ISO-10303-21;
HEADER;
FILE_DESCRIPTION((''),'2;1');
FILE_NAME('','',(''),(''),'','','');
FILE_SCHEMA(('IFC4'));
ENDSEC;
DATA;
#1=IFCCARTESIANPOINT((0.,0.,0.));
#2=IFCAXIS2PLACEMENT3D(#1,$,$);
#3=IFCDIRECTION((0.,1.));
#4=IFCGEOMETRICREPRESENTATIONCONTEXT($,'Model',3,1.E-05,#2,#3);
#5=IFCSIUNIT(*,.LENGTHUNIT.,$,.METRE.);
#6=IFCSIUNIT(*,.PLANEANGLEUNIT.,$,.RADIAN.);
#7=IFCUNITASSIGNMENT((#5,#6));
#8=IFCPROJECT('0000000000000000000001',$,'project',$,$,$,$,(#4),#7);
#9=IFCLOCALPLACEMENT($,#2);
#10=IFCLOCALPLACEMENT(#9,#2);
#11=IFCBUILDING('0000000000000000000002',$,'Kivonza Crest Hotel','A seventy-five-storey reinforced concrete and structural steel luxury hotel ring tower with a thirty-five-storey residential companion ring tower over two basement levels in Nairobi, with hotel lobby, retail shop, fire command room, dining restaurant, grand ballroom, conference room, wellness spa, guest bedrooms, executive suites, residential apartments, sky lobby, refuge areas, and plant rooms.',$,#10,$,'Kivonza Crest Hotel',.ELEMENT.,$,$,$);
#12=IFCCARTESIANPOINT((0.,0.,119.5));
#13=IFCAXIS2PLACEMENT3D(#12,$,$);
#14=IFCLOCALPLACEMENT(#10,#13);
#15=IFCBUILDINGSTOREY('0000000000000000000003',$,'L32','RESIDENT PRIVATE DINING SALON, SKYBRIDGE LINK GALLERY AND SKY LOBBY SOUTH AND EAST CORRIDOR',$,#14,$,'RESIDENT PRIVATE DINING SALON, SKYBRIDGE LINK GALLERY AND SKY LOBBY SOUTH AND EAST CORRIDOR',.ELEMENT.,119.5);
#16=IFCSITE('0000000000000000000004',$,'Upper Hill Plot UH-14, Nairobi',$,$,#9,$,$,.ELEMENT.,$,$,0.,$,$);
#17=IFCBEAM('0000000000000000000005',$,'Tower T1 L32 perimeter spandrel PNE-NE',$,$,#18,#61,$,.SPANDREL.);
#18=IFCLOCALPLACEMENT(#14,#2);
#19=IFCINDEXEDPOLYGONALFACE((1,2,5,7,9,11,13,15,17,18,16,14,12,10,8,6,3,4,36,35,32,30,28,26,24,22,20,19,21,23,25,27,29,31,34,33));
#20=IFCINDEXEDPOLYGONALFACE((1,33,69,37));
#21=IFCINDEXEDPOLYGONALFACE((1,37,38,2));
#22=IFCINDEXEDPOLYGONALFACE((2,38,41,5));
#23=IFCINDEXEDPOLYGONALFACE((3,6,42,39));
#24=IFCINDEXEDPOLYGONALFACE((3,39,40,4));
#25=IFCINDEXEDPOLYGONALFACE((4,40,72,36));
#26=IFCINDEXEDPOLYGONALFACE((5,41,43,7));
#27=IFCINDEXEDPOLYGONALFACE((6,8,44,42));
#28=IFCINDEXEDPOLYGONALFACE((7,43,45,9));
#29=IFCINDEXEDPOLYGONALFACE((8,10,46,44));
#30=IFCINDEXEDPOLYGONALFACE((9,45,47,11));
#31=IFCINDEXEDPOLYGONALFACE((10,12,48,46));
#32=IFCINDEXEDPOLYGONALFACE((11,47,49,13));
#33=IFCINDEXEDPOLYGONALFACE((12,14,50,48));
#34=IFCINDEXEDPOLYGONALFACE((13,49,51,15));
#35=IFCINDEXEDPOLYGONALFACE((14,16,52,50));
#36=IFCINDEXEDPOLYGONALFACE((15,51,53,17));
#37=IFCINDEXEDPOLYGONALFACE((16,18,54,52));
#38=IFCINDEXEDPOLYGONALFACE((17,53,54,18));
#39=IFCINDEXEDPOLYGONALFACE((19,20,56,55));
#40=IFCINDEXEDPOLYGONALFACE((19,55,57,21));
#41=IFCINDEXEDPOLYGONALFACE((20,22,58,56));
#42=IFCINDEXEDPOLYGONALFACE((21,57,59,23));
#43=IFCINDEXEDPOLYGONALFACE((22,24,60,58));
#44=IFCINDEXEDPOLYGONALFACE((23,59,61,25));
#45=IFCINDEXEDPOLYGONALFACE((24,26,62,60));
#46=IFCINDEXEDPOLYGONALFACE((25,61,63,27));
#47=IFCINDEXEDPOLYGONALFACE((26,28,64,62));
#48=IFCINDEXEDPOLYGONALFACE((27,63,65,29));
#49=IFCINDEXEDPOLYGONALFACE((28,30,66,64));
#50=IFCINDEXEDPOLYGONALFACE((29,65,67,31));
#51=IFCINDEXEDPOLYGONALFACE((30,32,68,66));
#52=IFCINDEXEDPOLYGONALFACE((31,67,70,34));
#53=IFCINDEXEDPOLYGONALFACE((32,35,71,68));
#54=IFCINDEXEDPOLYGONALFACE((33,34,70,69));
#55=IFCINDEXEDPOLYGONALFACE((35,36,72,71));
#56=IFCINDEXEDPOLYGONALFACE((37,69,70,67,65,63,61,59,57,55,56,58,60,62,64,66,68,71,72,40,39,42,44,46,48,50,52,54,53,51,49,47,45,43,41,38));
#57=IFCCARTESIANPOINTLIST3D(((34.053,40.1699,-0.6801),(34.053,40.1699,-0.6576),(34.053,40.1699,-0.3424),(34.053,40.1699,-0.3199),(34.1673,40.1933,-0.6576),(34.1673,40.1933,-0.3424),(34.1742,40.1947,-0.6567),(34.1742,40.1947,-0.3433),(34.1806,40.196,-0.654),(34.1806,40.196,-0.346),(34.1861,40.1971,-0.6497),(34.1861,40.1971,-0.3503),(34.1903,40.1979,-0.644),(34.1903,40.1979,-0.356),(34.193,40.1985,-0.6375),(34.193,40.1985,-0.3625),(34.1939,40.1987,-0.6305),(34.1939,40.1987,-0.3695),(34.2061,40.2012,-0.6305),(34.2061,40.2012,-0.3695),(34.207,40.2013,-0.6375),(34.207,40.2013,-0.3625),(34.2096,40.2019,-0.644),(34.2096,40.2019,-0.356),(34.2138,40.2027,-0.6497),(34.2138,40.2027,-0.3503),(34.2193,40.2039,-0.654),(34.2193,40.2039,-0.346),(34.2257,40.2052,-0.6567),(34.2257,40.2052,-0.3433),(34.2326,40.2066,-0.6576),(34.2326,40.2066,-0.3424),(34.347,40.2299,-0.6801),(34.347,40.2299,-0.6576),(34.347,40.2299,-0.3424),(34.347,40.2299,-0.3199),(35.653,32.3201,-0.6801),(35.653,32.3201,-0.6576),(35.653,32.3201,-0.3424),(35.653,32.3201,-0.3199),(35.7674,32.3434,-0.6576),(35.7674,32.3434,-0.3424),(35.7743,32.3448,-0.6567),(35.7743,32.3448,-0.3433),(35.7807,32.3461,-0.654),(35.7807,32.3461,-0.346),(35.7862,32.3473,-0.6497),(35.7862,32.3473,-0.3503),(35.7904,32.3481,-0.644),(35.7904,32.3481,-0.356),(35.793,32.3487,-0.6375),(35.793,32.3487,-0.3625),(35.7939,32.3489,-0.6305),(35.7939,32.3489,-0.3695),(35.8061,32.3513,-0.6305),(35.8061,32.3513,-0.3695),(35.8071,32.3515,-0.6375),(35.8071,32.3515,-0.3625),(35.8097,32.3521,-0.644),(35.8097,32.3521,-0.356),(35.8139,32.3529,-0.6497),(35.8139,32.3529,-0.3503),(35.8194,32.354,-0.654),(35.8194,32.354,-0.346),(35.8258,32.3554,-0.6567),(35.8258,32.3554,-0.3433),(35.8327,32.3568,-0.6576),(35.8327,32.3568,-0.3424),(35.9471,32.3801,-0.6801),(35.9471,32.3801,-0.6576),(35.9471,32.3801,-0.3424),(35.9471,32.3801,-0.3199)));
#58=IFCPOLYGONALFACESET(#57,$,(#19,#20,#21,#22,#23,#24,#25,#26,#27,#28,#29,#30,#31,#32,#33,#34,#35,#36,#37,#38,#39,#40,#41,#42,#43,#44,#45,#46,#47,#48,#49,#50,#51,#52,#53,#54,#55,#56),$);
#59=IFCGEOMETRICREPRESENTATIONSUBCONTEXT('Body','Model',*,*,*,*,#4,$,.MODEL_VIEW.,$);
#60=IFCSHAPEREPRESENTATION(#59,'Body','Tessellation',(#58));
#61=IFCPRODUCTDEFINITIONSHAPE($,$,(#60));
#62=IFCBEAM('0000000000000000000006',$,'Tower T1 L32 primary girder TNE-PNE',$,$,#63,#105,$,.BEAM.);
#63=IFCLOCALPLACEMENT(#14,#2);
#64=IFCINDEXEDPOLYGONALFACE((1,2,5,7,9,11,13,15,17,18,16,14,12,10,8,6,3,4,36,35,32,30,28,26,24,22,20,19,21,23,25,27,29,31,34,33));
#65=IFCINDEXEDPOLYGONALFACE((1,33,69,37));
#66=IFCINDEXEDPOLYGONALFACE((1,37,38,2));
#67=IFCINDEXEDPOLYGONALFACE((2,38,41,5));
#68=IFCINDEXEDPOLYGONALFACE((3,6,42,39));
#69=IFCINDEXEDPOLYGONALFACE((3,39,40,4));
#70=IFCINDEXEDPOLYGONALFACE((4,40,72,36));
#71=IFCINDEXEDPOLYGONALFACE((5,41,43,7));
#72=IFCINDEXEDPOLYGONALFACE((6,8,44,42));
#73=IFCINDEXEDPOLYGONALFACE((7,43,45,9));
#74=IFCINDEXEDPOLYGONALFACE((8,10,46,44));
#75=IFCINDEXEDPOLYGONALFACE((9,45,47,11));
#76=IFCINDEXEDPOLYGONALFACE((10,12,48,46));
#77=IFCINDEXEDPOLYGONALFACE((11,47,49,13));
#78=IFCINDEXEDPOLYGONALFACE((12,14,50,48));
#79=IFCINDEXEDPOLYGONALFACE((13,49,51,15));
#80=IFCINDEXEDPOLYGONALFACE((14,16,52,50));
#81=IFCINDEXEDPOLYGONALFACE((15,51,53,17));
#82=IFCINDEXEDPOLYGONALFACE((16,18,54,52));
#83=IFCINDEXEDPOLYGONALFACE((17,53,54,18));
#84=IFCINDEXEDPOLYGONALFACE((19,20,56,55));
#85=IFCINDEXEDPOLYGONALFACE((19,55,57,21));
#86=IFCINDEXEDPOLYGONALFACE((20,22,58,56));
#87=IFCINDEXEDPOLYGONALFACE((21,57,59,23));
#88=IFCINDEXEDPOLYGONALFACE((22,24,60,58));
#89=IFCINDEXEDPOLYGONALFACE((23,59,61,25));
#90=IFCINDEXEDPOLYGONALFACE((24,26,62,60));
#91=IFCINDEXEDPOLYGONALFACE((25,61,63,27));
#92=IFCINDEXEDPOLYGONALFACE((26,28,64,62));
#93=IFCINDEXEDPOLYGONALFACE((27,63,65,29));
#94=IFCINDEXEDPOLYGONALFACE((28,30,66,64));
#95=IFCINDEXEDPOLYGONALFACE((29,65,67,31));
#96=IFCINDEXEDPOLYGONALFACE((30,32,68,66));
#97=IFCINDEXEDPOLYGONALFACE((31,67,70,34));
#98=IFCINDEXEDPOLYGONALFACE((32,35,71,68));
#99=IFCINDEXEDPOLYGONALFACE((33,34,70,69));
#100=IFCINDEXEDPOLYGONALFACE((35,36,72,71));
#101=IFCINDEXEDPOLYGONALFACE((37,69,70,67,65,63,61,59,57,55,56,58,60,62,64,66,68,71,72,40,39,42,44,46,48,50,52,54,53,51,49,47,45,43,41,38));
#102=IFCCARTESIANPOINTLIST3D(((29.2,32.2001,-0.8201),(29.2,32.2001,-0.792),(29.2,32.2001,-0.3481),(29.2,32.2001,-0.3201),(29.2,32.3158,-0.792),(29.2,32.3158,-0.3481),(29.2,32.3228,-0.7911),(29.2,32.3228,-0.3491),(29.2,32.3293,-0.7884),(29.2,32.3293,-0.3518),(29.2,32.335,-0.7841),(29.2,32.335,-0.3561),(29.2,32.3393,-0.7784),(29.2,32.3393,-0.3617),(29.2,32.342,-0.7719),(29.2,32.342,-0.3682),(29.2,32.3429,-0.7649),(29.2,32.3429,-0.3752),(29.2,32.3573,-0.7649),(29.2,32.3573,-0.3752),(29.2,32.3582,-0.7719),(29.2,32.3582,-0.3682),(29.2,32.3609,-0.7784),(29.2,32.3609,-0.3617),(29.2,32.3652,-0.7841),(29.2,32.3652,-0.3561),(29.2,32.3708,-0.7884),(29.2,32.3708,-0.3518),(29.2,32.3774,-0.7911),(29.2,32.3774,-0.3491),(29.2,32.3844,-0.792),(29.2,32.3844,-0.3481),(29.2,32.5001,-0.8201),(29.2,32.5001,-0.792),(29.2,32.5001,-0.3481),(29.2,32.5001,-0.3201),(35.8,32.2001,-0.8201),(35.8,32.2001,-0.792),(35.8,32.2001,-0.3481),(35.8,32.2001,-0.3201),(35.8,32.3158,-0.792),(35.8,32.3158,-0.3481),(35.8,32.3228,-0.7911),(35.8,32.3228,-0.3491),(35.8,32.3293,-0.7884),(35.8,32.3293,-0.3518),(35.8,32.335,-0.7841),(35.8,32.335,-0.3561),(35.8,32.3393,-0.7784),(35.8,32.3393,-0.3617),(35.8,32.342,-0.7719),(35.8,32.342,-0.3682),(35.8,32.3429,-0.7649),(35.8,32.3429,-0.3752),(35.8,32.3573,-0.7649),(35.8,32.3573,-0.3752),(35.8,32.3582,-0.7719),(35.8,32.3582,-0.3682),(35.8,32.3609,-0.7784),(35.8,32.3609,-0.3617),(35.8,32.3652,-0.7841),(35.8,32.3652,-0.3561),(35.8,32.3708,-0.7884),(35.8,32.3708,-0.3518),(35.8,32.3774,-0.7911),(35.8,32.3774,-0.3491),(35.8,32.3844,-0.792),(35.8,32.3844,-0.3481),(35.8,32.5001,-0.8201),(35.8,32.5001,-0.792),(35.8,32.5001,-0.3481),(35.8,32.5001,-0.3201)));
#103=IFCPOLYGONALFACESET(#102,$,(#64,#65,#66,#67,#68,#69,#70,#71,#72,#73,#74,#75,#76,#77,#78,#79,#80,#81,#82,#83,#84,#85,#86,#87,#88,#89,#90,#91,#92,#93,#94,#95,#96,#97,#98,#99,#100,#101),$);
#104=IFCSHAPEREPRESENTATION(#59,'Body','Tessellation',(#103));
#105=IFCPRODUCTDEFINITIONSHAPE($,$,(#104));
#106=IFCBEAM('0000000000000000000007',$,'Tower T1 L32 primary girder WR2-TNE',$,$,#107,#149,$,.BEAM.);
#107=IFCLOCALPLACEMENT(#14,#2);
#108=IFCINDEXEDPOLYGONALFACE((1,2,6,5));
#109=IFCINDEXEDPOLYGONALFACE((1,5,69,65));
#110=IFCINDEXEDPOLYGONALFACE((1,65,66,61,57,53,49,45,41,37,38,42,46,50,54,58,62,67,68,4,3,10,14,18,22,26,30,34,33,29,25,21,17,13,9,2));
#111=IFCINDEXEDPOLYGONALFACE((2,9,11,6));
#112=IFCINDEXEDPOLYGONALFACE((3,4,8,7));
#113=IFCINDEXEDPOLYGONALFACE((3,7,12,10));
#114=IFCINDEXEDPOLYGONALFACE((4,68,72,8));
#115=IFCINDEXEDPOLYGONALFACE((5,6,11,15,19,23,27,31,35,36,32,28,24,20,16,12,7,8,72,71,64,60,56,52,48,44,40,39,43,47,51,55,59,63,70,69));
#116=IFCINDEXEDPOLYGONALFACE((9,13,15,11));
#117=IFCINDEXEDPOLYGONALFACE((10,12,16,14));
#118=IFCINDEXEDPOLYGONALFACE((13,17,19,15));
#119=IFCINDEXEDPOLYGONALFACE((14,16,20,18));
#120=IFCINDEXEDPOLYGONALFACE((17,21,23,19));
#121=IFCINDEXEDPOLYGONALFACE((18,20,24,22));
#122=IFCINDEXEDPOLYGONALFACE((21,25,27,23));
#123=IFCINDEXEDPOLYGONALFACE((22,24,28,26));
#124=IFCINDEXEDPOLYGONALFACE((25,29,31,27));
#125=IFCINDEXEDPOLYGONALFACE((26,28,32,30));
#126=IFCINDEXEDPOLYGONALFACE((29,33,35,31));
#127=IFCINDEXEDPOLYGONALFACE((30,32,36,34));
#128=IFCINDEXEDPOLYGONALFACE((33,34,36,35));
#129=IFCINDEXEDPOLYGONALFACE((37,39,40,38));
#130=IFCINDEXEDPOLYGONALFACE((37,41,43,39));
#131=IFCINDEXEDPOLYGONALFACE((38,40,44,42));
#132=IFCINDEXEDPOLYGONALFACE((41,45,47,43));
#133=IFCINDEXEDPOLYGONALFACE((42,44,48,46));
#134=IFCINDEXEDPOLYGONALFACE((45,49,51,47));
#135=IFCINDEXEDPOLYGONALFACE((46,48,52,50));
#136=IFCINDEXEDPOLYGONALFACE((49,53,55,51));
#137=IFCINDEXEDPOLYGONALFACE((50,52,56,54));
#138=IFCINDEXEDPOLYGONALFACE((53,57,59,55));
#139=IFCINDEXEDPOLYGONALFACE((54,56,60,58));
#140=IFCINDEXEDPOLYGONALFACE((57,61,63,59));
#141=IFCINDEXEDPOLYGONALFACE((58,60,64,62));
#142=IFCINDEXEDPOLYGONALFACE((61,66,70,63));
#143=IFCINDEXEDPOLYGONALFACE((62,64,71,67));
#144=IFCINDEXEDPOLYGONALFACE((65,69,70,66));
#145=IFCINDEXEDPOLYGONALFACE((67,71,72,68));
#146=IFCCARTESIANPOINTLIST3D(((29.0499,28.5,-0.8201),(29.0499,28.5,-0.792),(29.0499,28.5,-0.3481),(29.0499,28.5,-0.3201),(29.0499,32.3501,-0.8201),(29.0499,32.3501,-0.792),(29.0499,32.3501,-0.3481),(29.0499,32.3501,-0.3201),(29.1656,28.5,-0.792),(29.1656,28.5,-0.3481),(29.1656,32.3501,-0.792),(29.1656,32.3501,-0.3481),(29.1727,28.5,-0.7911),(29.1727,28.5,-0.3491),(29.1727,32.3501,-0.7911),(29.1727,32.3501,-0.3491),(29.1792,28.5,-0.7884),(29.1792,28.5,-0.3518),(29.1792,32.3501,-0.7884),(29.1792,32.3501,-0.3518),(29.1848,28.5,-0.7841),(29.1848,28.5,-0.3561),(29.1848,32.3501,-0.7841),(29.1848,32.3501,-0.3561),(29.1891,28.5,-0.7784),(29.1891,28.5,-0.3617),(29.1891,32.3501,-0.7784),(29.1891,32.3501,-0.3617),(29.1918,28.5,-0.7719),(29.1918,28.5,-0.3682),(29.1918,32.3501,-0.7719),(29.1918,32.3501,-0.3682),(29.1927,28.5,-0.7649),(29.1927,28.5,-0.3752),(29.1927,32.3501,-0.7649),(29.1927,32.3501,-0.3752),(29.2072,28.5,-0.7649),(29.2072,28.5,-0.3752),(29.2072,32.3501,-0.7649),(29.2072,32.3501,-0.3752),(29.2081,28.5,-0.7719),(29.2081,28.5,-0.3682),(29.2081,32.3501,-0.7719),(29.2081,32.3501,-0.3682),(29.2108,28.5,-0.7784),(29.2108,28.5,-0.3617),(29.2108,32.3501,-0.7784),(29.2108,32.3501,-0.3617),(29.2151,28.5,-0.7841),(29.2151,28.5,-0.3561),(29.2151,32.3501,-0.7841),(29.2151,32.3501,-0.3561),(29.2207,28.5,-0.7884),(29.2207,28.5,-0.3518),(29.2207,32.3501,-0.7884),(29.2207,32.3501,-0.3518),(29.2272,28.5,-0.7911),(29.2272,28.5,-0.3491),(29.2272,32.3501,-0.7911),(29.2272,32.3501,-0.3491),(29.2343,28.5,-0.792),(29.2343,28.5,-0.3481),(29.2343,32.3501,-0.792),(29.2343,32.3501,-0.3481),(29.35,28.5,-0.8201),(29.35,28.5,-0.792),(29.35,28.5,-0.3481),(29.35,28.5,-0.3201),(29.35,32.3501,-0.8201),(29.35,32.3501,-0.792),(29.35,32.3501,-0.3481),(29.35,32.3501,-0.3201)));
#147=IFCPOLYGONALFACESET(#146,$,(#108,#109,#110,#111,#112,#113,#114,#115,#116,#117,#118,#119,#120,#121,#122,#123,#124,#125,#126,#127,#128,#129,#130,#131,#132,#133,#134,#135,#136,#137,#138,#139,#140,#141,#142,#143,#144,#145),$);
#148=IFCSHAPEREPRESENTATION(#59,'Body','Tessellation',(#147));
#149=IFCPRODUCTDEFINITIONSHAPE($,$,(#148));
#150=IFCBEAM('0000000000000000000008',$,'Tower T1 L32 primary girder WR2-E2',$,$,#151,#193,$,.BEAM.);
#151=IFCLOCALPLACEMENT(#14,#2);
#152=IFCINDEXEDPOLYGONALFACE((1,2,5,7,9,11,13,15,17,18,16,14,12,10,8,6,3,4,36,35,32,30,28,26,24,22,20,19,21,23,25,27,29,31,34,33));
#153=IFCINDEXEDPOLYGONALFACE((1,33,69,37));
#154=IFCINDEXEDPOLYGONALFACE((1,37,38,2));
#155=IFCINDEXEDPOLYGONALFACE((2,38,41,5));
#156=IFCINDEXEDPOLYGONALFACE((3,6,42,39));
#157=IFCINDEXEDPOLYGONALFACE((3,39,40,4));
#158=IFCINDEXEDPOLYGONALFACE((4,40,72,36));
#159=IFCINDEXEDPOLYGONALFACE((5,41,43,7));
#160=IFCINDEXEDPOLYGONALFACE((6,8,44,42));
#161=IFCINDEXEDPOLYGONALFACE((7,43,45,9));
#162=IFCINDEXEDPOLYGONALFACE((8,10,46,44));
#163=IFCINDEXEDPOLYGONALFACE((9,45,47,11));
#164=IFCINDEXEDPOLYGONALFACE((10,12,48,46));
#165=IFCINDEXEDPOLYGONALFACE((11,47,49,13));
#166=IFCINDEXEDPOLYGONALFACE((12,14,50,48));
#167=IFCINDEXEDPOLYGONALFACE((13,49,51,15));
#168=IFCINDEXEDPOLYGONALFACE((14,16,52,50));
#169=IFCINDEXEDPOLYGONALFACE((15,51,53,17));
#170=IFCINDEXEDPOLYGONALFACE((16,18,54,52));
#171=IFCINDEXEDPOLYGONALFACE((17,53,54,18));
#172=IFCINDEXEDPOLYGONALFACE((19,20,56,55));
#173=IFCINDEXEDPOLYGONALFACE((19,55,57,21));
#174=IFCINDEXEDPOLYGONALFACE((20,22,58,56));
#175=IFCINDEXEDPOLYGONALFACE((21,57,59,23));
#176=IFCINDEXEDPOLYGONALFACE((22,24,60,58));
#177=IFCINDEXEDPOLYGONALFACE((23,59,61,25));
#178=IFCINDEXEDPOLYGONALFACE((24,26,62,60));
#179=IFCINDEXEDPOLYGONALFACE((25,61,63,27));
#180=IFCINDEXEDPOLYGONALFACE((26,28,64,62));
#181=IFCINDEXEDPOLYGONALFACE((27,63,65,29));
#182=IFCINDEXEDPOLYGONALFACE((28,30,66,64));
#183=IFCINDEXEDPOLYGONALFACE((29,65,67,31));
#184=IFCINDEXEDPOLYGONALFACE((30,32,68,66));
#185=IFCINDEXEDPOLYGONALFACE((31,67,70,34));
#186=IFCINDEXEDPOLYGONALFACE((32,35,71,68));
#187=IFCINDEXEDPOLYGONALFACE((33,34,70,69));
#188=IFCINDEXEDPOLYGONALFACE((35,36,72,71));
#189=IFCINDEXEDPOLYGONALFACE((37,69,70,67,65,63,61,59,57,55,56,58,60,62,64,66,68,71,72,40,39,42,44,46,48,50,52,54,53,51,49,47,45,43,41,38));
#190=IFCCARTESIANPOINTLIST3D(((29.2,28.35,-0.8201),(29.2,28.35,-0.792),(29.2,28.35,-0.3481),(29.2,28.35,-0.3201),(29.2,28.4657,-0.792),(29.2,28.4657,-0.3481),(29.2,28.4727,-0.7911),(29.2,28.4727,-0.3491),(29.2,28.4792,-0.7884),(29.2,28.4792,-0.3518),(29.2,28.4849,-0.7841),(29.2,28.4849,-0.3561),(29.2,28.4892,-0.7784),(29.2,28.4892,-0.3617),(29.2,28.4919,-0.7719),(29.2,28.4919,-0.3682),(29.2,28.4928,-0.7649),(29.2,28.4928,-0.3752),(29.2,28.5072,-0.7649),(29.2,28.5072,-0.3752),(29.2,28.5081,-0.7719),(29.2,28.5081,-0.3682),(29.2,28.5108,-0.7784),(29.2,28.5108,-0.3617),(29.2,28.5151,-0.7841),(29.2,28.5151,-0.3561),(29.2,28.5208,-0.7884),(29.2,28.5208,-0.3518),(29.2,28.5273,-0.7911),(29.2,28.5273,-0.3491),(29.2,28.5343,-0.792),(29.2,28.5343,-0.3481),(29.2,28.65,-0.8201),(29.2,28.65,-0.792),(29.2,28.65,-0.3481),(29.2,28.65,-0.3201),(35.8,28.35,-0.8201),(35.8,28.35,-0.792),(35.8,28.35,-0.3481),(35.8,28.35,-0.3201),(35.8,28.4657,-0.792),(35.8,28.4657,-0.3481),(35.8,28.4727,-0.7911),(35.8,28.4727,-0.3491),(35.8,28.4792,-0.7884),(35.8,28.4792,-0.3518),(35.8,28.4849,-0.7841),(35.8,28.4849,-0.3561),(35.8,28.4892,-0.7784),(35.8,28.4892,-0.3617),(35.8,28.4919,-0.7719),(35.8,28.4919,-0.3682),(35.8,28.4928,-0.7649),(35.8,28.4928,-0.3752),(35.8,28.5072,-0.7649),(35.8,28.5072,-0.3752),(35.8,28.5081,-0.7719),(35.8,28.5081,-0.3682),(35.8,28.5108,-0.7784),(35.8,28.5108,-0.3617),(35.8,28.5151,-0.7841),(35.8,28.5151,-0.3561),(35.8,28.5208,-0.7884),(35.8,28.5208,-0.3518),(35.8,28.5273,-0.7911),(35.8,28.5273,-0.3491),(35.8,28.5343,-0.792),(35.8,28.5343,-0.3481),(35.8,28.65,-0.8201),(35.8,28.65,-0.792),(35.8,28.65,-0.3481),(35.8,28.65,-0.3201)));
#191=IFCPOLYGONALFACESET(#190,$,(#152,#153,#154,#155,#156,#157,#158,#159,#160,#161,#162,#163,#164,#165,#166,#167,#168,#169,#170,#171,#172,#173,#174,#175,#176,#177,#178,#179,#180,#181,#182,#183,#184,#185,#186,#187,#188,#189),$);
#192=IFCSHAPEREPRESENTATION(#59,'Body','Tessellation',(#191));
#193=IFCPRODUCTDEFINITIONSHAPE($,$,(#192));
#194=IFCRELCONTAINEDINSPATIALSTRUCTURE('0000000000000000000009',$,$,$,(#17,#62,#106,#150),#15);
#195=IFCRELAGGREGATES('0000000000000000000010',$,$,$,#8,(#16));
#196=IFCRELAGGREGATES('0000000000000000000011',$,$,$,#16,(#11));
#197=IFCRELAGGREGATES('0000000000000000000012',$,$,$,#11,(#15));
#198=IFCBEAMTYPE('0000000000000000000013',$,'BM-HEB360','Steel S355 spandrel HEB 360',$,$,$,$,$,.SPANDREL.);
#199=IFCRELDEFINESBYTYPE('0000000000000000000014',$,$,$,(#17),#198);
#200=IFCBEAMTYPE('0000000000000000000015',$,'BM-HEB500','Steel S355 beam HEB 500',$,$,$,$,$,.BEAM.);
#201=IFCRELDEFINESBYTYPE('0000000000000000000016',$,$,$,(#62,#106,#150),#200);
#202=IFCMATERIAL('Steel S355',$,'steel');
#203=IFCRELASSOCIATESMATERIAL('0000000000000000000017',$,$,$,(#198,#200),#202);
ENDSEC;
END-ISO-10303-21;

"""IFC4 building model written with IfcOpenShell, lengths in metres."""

from ifc_helpers import new_model, si_unit, direction, frame, origin, origin_2d, place, context, subcontext, project, spatial, i_section, extrude, material, material_profile, profile_set, type_object, element, save


model = new_model("IFC4")

# Units and contexts
model_context = context("Model", 3, precision=1e-05, world=origin(), true_north=direction((0.0, 1.0)))
body_context = subcontext(model_context, "Body", "Model", "MODEL_VIEW")
ifc_project = project(units=[si_unit("LENGTHUNIT", "METRE"), si_unit("PLANEANGLEUNIT", "RADIAN")], contexts=[model_context])

# Site, building, storey
site_placement = place(None, origin())
site = spatial("IfcSite", under=ifc_project, at=site_placement, Name="Upper Hill Plot UH-14, Nairobi", CompositionType="ELEMENT", RefElevation=0.0)
building_placement = place(site_placement, origin())
building = spatial("IfcBuilding", under=site, at=building_placement, Name="Kivonza Crest Hotel", Description="A seventy-five-storey reinforced concrete and structural steel luxury hotel ring tower with a thirty-five-storey residential companion ring tower over two basement levels in Nairobi, with hotel lobby, retail shop, fire command room, dining restaurant, grand ballroom, conference room, wellness spa, guest bedrooms, executive suites, residential apartments, sky lobby, refuge areas, and plant rooms.", LongName="Kivonza Crest Hotel", CompositionType="ELEMENT")
storey_placement = place(building_placement, frame((0.0, 0.0, 119.5)))
storey = spatial("IfcBuildingStorey", under=building, at=storey_placement, Name="L32", Description="RESIDENT PRIVATE DINING SALON, SKYBRIDGE LINK GALLERY AND SKY LOBBY SOUTH AND EAST CORRIDOR", LongName="RESIDENT PRIVATE DINING SALON, SKYBRIDGE LINK GALLERY AND SKY LOBBY SOUTH AND EAST CORRIDOR", CompositionType="ELEMENT", Elevation=119.5)

# Shared definitions
ifc_material_1 = material(Name="Steel S355", Category="steel")

# Beams
ifc_material_profile_1 = material_profile(ifc_material_1, i_section(OverallWidth=0.3, OverallDepth=0.3601, WebThickness=0.0125, FlangeThickness=0.0225, FilletRadius=0.0271, at=origin_2d()), Name="HEB 360")
ifc_profile_set_1 = profile_set([ifc_material_profile_1], Name="Steel S355")
beam_type_1 = type_object("IfcBeamType", Name="BM-HEB360", Description="Steel S355 spandrel HEB 360", PredefinedType="SPANDREL", material=ifc_profile_set_1)
beam_1_placement = place(storey_placement, frame((35.8, 32.3501, -0.5), z_axis=(-0.199731, 0.979851, 0.0), x_axis=(-0.979851, -0.199731, 0.0)))
element("IfcBeam", 1, at=beam_1_placement, inside=storey, type_object=beam_type_1, Name="Tower T1 L32 perimeter spandrel PNE-NE", PredefinedType="SPANDREL", context=body_context, shape_type="SweptSolid", body=[
    extrude(i_section(OverallWidth=0.3, OverallDepth=0.3601, WebThickness=0.0125, FlangeThickness=0.0225, FilletRadius=0.0271, at=origin_2d()), origin(), (0.0, 0.0, 1.0), 8.0112),
])
ifc_material_profile_2 = material_profile(ifc_material_1, i_section(OverallWidth=0.3, OverallDepth=0.5, WebThickness=0.0144, FlangeThickness=0.0281, FilletRadius=0.0271, at=origin_2d()), Name="HEB 500")
ifc_profile_set_2 = profile_set([ifc_material_profile_2], Name="Steel S355")
beam_type_2 = type_object("IfcBeamType", Name="BM-HEB500", Description="Steel S355 beam HEB 500", PredefinedType="BEAM", material=ifc_profile_set_2)
beam_2_placement = place(storey_placement, frame((29.2, 32.3501, -0.5701), z_axis=(1.0, 0.0, 0.0), x_axis=(0.0, 1.0, 0.0)))
element("IfcBeam", 2, at=beam_2_placement, inside=storey, type_object=beam_type_2, Name="Tower T1 L32 primary girder TNE-PNE", PredefinedType="BEAM", context=body_context, shape_type="SweptSolid", body=[
    extrude(i_section(OverallWidth=0.3, OverallDepth=0.5, WebThickness=0.0144, FlangeThickness=0.0281, FilletRadius=0.0271, at=origin_2d()), origin(), (0.0, 0.0, 1.0), 6.6001),
])
beam_3_placement = place(storey_placement, frame((29.2, 28.5, -0.5701), z_axis=(0.0, 1.0, 0.0), x_axis=(-1.0, 0.0, 0.0)))
element("IfcBeam", 3, at=beam_3_placement, inside=storey, type_object=beam_type_2, Name="Tower T1 L32 primary girder WR2-TNE", PredefinedType="BEAM", context=body_context, shape_type="SweptSolid", body=[
    extrude(i_section(OverallWidth=0.3, OverallDepth=0.5, WebThickness=0.0144, FlangeThickness=0.0281, FilletRadius=0.0271, at=origin_2d()), origin(), (0.0, 0.0, 1.0), 3.8501),
])
beam_4_placement = place(storey_placement, frame((29.2, 28.5, -0.5701), z_axis=(1.0, 0.0, 0.0), x_axis=(0.0, 1.0, 0.0)))
element("IfcBeam", 4, at=beam_4_placement, inside=storey, type_object=beam_type_2, Name="Tower T1 L32 primary girder WR2-E2", PredefinedType="BEAM", context=body_context, shape_type="SweptSolid", body=[
    extrude(i_section(OverallWidth=0.3, OverallDepth=0.5, WebThickness=0.0144, FlangeThickness=0.0281, FilletRadius=0.0271, at=origin_2d()), origin(), (0.0, 0.0, 1.0), 6.6001),
])

save(model, "model.ifc")
